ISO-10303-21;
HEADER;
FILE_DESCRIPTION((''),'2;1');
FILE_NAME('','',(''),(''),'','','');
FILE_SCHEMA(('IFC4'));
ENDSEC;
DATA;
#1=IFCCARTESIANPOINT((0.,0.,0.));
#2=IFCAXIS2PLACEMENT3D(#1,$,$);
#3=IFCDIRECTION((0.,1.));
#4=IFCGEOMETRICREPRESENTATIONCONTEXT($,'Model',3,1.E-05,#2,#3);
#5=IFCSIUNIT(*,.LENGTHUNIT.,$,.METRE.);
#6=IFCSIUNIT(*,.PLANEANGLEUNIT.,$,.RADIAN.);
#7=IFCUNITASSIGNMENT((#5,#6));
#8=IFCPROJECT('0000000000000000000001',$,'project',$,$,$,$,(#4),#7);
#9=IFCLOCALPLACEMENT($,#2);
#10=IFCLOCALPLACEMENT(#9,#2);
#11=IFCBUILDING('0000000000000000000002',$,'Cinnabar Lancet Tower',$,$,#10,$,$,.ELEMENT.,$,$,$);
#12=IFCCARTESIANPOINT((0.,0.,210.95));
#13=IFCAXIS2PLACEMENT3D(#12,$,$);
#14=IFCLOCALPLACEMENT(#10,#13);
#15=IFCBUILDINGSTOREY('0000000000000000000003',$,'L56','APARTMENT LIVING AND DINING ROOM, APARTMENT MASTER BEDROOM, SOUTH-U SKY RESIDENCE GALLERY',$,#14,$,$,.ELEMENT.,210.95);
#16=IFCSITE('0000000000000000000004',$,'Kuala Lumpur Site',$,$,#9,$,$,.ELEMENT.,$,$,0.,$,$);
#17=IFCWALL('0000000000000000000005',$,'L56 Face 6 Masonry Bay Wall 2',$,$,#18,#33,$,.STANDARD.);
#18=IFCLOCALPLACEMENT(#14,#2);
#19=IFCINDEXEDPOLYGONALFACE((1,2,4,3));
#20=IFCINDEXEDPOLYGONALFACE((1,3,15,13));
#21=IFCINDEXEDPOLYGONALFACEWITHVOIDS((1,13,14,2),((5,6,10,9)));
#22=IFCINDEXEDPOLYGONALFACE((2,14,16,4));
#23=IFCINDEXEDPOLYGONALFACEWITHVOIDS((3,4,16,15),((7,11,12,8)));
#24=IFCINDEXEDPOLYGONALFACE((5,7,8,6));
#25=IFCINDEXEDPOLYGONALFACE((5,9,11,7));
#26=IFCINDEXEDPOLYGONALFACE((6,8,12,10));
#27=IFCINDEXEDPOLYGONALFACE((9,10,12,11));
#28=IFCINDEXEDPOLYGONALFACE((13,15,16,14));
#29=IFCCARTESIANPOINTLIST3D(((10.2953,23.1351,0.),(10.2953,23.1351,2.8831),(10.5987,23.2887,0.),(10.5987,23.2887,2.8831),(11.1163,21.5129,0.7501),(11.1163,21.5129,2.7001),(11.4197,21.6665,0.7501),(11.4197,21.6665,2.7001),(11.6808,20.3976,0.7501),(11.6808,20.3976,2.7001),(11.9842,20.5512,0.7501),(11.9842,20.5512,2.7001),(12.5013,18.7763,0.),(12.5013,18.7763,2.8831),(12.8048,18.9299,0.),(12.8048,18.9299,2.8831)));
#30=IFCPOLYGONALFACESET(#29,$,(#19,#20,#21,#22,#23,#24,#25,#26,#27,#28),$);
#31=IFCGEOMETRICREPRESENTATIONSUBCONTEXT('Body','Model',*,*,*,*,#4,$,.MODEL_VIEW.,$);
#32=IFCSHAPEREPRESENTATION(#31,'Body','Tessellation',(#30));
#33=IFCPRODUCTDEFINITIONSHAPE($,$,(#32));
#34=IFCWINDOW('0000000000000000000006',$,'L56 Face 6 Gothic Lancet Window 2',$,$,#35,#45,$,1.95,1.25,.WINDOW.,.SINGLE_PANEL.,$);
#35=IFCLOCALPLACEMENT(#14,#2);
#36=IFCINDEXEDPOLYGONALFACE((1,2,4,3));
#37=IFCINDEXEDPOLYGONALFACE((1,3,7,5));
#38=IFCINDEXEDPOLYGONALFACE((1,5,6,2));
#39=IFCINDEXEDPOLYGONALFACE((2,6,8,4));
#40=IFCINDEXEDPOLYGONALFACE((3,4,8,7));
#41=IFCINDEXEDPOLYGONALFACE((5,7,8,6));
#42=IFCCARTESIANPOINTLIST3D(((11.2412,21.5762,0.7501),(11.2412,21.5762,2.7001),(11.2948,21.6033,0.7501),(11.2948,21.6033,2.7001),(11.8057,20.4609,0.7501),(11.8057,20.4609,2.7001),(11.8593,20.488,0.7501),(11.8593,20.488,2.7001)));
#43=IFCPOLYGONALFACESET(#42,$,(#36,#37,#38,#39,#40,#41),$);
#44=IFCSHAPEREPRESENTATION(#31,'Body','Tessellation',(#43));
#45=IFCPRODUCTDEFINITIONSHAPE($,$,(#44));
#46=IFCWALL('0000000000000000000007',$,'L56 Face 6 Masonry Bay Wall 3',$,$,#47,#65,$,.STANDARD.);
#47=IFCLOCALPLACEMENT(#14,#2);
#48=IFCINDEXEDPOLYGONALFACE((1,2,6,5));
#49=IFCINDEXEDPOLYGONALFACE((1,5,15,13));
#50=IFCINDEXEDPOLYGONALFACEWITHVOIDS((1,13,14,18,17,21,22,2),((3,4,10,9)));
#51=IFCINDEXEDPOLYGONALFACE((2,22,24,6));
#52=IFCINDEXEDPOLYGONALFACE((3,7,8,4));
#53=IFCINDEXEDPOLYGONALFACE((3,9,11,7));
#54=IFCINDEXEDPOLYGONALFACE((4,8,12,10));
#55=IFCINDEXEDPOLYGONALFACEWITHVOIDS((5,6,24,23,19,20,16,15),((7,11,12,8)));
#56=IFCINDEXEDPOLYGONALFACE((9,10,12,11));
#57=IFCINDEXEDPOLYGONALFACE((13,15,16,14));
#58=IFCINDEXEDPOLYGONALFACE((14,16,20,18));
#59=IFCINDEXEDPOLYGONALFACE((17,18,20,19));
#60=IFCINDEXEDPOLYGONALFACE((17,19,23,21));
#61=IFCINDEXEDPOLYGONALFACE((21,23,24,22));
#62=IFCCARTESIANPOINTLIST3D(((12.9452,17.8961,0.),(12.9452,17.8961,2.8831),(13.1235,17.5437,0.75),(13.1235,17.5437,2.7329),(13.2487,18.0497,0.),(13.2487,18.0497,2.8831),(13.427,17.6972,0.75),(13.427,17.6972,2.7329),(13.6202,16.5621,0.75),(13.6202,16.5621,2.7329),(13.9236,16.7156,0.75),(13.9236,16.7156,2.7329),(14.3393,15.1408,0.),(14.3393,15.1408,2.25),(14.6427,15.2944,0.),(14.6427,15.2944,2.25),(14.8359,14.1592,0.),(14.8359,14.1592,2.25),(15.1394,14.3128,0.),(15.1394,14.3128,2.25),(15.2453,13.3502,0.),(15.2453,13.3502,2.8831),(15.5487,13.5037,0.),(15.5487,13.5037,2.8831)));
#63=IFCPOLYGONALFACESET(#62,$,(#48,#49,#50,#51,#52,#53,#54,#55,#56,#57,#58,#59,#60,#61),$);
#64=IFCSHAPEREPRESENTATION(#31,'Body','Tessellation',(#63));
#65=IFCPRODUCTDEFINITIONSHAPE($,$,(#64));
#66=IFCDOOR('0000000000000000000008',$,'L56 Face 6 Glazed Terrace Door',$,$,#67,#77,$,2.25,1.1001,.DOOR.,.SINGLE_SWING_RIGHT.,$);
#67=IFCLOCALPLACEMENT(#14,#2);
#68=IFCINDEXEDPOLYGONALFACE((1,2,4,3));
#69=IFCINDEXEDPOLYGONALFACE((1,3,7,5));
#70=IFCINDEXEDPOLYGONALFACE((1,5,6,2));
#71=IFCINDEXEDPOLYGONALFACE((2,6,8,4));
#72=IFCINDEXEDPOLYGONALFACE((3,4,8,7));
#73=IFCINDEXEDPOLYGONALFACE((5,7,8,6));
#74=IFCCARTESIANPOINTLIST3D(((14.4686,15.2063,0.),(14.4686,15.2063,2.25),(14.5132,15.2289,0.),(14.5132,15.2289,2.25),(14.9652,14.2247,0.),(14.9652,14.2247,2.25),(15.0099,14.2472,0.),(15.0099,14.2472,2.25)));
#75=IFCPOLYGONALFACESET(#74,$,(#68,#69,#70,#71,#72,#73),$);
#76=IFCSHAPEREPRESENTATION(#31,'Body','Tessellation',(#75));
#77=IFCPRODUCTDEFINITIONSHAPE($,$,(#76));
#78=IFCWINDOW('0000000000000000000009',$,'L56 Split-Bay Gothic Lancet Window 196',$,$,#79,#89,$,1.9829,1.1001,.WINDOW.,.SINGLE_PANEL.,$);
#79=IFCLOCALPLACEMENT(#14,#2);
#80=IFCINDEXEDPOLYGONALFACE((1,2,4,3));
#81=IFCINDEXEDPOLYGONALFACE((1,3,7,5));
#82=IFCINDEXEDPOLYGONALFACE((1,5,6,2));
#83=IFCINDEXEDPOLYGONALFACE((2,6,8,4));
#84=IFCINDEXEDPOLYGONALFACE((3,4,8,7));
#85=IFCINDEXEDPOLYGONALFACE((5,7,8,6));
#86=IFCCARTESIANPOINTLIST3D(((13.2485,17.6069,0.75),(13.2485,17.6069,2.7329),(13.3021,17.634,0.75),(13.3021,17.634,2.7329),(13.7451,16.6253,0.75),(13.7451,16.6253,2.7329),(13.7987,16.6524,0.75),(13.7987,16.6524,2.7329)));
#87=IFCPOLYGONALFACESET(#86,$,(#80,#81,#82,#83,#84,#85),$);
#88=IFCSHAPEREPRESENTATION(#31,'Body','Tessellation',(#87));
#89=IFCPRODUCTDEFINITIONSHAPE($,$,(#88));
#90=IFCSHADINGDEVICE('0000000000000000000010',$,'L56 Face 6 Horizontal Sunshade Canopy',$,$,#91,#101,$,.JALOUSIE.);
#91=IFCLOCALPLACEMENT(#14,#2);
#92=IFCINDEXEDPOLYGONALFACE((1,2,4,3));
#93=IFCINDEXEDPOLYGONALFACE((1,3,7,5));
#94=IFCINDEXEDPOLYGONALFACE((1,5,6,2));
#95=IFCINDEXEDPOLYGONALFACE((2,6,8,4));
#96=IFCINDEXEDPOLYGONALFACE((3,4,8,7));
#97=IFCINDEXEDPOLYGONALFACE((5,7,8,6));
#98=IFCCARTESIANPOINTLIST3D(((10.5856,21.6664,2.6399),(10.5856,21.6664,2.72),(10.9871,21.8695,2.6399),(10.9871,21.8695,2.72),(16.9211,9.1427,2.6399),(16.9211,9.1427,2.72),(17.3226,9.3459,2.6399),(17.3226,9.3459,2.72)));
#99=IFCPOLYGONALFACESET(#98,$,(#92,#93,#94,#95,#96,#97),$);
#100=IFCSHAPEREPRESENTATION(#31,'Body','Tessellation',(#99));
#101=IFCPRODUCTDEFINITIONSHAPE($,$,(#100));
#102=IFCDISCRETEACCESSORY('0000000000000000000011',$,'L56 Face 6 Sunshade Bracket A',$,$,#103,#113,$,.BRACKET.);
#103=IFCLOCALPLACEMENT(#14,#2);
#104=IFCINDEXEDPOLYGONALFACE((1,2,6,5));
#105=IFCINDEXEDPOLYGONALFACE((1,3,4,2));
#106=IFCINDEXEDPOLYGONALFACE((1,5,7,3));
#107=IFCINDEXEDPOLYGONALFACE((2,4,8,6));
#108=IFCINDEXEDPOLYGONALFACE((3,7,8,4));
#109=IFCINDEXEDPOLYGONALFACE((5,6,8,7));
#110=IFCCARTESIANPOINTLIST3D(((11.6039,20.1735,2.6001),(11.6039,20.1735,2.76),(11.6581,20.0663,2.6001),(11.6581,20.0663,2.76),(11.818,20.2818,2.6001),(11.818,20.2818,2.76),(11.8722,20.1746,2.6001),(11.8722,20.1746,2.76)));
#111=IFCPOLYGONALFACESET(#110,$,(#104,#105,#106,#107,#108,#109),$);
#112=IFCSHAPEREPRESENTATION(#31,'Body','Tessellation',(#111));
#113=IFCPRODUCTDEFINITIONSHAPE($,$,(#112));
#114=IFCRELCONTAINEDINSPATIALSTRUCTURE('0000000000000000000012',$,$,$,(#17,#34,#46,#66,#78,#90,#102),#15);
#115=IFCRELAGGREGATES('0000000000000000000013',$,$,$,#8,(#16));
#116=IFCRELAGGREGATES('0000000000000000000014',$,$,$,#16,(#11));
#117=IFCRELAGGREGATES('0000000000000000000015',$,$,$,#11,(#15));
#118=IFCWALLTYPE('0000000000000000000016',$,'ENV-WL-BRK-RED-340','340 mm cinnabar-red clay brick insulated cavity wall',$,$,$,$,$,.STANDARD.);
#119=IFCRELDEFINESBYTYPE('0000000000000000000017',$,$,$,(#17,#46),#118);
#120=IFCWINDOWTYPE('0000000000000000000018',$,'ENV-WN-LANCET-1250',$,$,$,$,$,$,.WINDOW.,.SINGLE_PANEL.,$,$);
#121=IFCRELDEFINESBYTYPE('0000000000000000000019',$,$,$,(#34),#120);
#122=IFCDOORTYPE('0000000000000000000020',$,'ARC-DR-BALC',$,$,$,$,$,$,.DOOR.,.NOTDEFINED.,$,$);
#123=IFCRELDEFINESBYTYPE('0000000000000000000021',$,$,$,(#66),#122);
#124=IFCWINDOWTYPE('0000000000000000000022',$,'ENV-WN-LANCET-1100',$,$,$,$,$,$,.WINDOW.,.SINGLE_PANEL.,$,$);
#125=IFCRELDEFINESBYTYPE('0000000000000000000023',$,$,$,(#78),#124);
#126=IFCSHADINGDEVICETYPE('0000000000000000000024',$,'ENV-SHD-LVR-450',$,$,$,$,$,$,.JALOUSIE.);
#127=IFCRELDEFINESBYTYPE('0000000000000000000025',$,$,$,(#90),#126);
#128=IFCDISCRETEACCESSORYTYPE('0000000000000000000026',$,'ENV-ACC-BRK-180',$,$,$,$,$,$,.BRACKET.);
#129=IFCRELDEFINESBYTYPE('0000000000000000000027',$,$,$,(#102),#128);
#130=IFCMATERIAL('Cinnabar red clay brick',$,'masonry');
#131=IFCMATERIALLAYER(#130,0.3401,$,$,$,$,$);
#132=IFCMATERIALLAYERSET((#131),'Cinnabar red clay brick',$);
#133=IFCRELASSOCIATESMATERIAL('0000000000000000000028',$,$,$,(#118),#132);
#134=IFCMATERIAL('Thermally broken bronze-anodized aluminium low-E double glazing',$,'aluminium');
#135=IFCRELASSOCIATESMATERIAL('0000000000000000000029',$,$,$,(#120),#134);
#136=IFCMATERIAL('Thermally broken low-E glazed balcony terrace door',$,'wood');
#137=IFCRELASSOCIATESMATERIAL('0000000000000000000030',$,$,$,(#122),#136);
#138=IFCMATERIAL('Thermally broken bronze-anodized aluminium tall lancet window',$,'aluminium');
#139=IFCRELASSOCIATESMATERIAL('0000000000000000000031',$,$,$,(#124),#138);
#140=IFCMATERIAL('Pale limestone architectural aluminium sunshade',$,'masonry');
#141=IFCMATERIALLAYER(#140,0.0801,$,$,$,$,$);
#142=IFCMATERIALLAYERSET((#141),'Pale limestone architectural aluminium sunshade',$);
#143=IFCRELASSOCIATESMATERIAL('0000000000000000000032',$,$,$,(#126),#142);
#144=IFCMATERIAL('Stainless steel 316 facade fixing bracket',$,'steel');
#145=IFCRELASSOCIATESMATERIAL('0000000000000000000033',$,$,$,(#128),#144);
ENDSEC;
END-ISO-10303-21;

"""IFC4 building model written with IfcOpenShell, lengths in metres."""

from ifc_helpers import new_model, si_unit, direction, frame, frame_2d, origin, origin_2d, place, context, subcontext, project, spatial, rectangle, extrude, material, layer, layer_set, type_object, element, fill, save


model = new_model("IFC4")

# Units and contexts
model_context = context("Model", 3, precision=1e-05, world=origin(), true_north=direction((0.0, 1.0)))
body_context = subcontext(model_context, "Body", "Model", "MODEL_VIEW")
ifc_project = project(units=[si_unit("LENGTHUNIT", "METRE"), si_unit("PLANEANGLEUNIT", "RADIAN")], contexts=[model_context])

# Site, building, storey
site_placement = place(None, origin())
site = spatial("IfcSite", under=ifc_project, at=site_placement, Name="Kuala Lumpur Site", CompositionType="ELEMENT", RefElevation=0.0)
building_placement = place(site_placement, origin())
building = spatial("IfcBuilding", under=site, at=building_placement, Name="Cinnabar Lancet Tower", CompositionType="ELEMENT")
storey_placement = place(building_placement, frame((0.0, 0.0, 210.95)))
storey = spatial("IfcBuildingStorey", under=building, at=storey_placement, Name="L56", Description="APARTMENT LIVING AND DINING ROOM, APARTMENT MASTER BEDROOM, SOUTH-U SKY RESIDENCE GALLERY", CompositionType="ELEMENT", Elevation=210.95)

# Shared definitions
ifc_material_1 = material(Name="Cinnabar red clay brick", Category="masonry")
ifc_layer_1 = layer(ifc_material_1, 0.3401)
ifc_layer_set_1 = layer_set([ifc_layer_1], Name="Cinnabar red clay brick")
wall_type_1 = type_object("IfcWallType", Name="ENV-WL-BRK-RED-340", Description="340 mm cinnabar-red clay brick insulated cavity wall", PredefinedType="STANDARD", material=ifc_layer_set_1)

# Wall, opening, window
wall_1_placement = place(storey_placement, frame((10.447, 23.2119, 0.0), z_axis=(0.0, 0.0, 1.0), x_axis=(0.451566, -0.892238, 0.0)))
wall_1 = element("IfcWall", 1, at=wall_1_placement, inside=storey, type_object=wall_type_1, Name="L56 Face 6 Masonry Bay Wall 2", PredefinedType="STANDARD", context=body_context, shape_type="SweptSolid", body=[
    extrude(rectangle(XDim=4.8853, YDim=0.3401, at=frame_2d((2.4426, 0.0))), origin(), (0.0, 0.0, 1.0), 2.8831),
])
opening_1_placement = place(wall_1_placement, frame((1.8181, 0.0, 0.75)))
opening_1 = element("IfcOpeningElement", 2, at=opening_1_placement, cuts=wall_1, PredefinedType="OPENING", context=body_context, shape_type="SweptSolid", body=[
    extrude(rectangle(XDim=1.25, YDim=1.95, at=frame_2d((0.625, 0.9751))), frame((0.0, 0.1799, 0.0), z_axis=(0.0, -1.0, 0.0), x_axis=(1.0, 0.0, 0.0)), (0.0, 0.0, 1.0), 0.3601),
])
ifc_material_2 = material(Name="Thermally broken bronze-anodized aluminium low-E double glazing", Category="aluminium")
window_type_1 = type_object("IfcWindowType", Name="ENV-WN-LANCET-1250", PartitioningType="SINGLE_PANEL", PredefinedType="WINDOW", material=ifc_material_2)
window_1_placement = place(opening_1_placement, origin())
window_1 = element("IfcWindow", 3, at=window_1_placement, inside=storey, type_object=window_type_1, Name="L56 Face 6 Gothic Lancet Window 2", OverallHeight=1.95, OverallWidth=1.25, PartitioningType="SINGLE_PANEL", PredefinedType="WINDOW", context=body_context, shape_type="SweptSolid", body=[
    extrude(rectangle(XDim=1.25, YDim=1.95, at=frame_2d((0.625, 0.9751))), frame((0.0, 0.03, 0.0), z_axis=(0.0, -1.0, 0.0), x_axis=(1.0, 0.0, 0.0)), (0.0, 0.0, 1.0), 0.0601),
])
fill(opening_1, window_1)

# Wall, openings, door, window
wall_2_placement = place(storey_placement, frame((13.0969, 17.9729, 0.0), z_axis=(0.0, 0.0, 1.0), x_axis=(0.451464, -0.892289, 0.0)))
wall_2 = element("IfcWall", 4, at=wall_2_placement, inside=storey, type_object=wall_type_1, Name="L56 Face 6 Masonry Bay Wall 3", PredefinedType="STANDARD", context=body_context, shape_type="SweptSolid", body=[
    extrude(rectangle(XDim=5.0947, YDim=0.3401, at=frame_2d((2.5474, 0.0))), origin(), (0.0, 0.0, 1.0), 2.8831),
])
opening_2_placement = place(wall_2_placement, frame((3.0879, 0.0, 0.0)))
opening_2 = element("IfcOpeningElement", 5, at=opening_2_placement, cuts=wall_2, PredefinedType="OPENING", context=body_context, shape_type="SweptSolid", body=[
    extrude(rectangle(XDim=1.1001, YDim=2.25, at=frame_2d((0.55, 1.125))), frame((0.0, 0.1799, 0.0), z_axis=(0.0, -1.0, 0.0), x_axis=(1.0, 0.0, 0.0)), (0.0, 0.0, 1.0), 0.3601),
])
opening_3_placement = place(wall_2_placement, frame((0.395, 0.0, 0.75)))
opening_3 = element("IfcOpeningElement", 6, at=opening_3_placement, cuts=wall_2, PredefinedType="OPENING", context=body_context, shape_type="SweptSolid", body=[
    extrude(rectangle(XDim=1.1001, YDim=1.9829, at=frame_2d((0.55, 0.9915))), frame((0.0, 0.1799, 0.0), z_axis=(0.0, -1.0, 0.0), x_axis=(1.0, 0.0, 0.0)), (0.0, 0.0, 1.0), 0.3601),
])
ifc_material_3 = material(Name="Thermally broken low-E glazed balcony terrace door", Category="wood")
door_type_1 = type_object("IfcDoorType", Name="ARC-DR-BALC", OperationType="NOTDEFINED", PredefinedType="DOOR", material=ifc_material_3)
door_1_placement = place(opening_2_placement, origin())
door_1 = element("IfcDoor", 7, at=door_1_placement, inside=storey, type_object=door_type_1, Name="L56 Face 6 Glazed Terrace Door", OperationType="SINGLE_SWING_RIGHT", OverallHeight=2.25, OverallWidth=1.1001, PredefinedType="DOOR", context=body_context, shape_type="SweptSolid", body=[
    extrude(rectangle(XDim=1.1001, YDim=2.25, at=frame_2d((0.55, 1.125))), frame((0.0, 0.0249, 0.0), z_axis=(0.0, -1.0, 0.0), x_axis=(1.0, 0.0, 0.0)), (0.0, 0.0, 1.0), 0.05),
])
fill(opening_2, door_1)
ifc_material_4 = material(Name="Thermally broken bronze-anodized aluminium tall lancet window", Category="aluminium")
window_type_2 = type_object("IfcWindowType", Name="ENV-WN-LANCET-1100", PartitioningType="SINGLE_PANEL", PredefinedType="WINDOW", material=ifc_material_4)
window_2_placement = place(opening_3_placement, origin())
window_2 = element("IfcWindow", 8, at=window_2_placement, inside=storey, type_object=window_type_2, Name="L56 Split-Bay Gothic Lancet Window 196", OverallHeight=1.9829, OverallWidth=1.1001, PartitioningType="SINGLE_PANEL", PredefinedType="WINDOW", context=body_context, shape_type="SweptSolid", body=[
    extrude(rectangle(XDim=1.1001, YDim=1.9829, at=frame_2d((0.55, 0.9915))), frame((0.0, 0.03, 0.0), z_axis=(0.0, -1.0, 0.0), x_axis=(1.0, 0.0, 0.0)), (0.0, 0.0, 1.0), 0.0601),
])
fill(opening_3, window_2)

# Shading device
ifc_material_5 = material(Name="Pale limestone architectural aluminium sunshade", Category="masonry")
ifc_layer_2 = layer(ifc_material_5, 0.0801)
ifc_layer_set_2 = layer_set([ifc_layer_2], Name="Pale limestone architectural aluminium sunshade")
shading_device_type = type_object("IfcShadingDeviceType", Name="ENV-SHD-LVR-450", PredefinedType="JALOUSIE", material=ifc_layer_set_2)
shading_device_placement = place(storey_placement, frame((13.9541, 15.5061, 2.6399), z_axis=(0.0, 0.0, 1.0), x_axis=(0.451407, -0.892318, 0.0)))
element("IfcShadingDevice", 9, at=shading_device_placement, inside=storey, type_object=shading_device_type, Name="L56 Face 6 Horizontal Sunshade Canopy", PredefinedType="JALOUSIE", context=body_context, shape_type="SweptSolid", body=[
    extrude(rectangle(XDim=14.0349, YDim=0.45, at=origin_2d()), origin(), (0.0, 0.0, 1.0), 0.0801),
])

# Discrete accessory
ifc_material_6 = material(Name="Stainless steel 316 facade fixing bracket", Category="steel")
discrete_accessory_type = type_object("IfcDiscreteAccessoryType", Name="ENV-ACC-BRK-180", PredefinedType="BRACKET", material=ifc_material_6)
discrete_accessory_placement = place(storey_placement, frame((11.738, 20.1741, 2.6001), z_axis=(0.0, 0.0, 1.0), x_axis=(0.451407, -0.892318, 0.0)))
element("IfcDiscreteAccessory", 10, at=discrete_accessory_placement, inside=storey, type_object=discrete_accessory_type, Name="L56 Face 6 Sunshade Bracket A", PredefinedType="BRACKET", context=body_context, shape_type="SweptSolid", body=[
    extrude(rectangle(XDim=0.1201, YDim=0.24, at=origin_2d()), origin(), (0.0, 0.0, 1.0), 0.1599),
])

save(model, "model.ifc")
